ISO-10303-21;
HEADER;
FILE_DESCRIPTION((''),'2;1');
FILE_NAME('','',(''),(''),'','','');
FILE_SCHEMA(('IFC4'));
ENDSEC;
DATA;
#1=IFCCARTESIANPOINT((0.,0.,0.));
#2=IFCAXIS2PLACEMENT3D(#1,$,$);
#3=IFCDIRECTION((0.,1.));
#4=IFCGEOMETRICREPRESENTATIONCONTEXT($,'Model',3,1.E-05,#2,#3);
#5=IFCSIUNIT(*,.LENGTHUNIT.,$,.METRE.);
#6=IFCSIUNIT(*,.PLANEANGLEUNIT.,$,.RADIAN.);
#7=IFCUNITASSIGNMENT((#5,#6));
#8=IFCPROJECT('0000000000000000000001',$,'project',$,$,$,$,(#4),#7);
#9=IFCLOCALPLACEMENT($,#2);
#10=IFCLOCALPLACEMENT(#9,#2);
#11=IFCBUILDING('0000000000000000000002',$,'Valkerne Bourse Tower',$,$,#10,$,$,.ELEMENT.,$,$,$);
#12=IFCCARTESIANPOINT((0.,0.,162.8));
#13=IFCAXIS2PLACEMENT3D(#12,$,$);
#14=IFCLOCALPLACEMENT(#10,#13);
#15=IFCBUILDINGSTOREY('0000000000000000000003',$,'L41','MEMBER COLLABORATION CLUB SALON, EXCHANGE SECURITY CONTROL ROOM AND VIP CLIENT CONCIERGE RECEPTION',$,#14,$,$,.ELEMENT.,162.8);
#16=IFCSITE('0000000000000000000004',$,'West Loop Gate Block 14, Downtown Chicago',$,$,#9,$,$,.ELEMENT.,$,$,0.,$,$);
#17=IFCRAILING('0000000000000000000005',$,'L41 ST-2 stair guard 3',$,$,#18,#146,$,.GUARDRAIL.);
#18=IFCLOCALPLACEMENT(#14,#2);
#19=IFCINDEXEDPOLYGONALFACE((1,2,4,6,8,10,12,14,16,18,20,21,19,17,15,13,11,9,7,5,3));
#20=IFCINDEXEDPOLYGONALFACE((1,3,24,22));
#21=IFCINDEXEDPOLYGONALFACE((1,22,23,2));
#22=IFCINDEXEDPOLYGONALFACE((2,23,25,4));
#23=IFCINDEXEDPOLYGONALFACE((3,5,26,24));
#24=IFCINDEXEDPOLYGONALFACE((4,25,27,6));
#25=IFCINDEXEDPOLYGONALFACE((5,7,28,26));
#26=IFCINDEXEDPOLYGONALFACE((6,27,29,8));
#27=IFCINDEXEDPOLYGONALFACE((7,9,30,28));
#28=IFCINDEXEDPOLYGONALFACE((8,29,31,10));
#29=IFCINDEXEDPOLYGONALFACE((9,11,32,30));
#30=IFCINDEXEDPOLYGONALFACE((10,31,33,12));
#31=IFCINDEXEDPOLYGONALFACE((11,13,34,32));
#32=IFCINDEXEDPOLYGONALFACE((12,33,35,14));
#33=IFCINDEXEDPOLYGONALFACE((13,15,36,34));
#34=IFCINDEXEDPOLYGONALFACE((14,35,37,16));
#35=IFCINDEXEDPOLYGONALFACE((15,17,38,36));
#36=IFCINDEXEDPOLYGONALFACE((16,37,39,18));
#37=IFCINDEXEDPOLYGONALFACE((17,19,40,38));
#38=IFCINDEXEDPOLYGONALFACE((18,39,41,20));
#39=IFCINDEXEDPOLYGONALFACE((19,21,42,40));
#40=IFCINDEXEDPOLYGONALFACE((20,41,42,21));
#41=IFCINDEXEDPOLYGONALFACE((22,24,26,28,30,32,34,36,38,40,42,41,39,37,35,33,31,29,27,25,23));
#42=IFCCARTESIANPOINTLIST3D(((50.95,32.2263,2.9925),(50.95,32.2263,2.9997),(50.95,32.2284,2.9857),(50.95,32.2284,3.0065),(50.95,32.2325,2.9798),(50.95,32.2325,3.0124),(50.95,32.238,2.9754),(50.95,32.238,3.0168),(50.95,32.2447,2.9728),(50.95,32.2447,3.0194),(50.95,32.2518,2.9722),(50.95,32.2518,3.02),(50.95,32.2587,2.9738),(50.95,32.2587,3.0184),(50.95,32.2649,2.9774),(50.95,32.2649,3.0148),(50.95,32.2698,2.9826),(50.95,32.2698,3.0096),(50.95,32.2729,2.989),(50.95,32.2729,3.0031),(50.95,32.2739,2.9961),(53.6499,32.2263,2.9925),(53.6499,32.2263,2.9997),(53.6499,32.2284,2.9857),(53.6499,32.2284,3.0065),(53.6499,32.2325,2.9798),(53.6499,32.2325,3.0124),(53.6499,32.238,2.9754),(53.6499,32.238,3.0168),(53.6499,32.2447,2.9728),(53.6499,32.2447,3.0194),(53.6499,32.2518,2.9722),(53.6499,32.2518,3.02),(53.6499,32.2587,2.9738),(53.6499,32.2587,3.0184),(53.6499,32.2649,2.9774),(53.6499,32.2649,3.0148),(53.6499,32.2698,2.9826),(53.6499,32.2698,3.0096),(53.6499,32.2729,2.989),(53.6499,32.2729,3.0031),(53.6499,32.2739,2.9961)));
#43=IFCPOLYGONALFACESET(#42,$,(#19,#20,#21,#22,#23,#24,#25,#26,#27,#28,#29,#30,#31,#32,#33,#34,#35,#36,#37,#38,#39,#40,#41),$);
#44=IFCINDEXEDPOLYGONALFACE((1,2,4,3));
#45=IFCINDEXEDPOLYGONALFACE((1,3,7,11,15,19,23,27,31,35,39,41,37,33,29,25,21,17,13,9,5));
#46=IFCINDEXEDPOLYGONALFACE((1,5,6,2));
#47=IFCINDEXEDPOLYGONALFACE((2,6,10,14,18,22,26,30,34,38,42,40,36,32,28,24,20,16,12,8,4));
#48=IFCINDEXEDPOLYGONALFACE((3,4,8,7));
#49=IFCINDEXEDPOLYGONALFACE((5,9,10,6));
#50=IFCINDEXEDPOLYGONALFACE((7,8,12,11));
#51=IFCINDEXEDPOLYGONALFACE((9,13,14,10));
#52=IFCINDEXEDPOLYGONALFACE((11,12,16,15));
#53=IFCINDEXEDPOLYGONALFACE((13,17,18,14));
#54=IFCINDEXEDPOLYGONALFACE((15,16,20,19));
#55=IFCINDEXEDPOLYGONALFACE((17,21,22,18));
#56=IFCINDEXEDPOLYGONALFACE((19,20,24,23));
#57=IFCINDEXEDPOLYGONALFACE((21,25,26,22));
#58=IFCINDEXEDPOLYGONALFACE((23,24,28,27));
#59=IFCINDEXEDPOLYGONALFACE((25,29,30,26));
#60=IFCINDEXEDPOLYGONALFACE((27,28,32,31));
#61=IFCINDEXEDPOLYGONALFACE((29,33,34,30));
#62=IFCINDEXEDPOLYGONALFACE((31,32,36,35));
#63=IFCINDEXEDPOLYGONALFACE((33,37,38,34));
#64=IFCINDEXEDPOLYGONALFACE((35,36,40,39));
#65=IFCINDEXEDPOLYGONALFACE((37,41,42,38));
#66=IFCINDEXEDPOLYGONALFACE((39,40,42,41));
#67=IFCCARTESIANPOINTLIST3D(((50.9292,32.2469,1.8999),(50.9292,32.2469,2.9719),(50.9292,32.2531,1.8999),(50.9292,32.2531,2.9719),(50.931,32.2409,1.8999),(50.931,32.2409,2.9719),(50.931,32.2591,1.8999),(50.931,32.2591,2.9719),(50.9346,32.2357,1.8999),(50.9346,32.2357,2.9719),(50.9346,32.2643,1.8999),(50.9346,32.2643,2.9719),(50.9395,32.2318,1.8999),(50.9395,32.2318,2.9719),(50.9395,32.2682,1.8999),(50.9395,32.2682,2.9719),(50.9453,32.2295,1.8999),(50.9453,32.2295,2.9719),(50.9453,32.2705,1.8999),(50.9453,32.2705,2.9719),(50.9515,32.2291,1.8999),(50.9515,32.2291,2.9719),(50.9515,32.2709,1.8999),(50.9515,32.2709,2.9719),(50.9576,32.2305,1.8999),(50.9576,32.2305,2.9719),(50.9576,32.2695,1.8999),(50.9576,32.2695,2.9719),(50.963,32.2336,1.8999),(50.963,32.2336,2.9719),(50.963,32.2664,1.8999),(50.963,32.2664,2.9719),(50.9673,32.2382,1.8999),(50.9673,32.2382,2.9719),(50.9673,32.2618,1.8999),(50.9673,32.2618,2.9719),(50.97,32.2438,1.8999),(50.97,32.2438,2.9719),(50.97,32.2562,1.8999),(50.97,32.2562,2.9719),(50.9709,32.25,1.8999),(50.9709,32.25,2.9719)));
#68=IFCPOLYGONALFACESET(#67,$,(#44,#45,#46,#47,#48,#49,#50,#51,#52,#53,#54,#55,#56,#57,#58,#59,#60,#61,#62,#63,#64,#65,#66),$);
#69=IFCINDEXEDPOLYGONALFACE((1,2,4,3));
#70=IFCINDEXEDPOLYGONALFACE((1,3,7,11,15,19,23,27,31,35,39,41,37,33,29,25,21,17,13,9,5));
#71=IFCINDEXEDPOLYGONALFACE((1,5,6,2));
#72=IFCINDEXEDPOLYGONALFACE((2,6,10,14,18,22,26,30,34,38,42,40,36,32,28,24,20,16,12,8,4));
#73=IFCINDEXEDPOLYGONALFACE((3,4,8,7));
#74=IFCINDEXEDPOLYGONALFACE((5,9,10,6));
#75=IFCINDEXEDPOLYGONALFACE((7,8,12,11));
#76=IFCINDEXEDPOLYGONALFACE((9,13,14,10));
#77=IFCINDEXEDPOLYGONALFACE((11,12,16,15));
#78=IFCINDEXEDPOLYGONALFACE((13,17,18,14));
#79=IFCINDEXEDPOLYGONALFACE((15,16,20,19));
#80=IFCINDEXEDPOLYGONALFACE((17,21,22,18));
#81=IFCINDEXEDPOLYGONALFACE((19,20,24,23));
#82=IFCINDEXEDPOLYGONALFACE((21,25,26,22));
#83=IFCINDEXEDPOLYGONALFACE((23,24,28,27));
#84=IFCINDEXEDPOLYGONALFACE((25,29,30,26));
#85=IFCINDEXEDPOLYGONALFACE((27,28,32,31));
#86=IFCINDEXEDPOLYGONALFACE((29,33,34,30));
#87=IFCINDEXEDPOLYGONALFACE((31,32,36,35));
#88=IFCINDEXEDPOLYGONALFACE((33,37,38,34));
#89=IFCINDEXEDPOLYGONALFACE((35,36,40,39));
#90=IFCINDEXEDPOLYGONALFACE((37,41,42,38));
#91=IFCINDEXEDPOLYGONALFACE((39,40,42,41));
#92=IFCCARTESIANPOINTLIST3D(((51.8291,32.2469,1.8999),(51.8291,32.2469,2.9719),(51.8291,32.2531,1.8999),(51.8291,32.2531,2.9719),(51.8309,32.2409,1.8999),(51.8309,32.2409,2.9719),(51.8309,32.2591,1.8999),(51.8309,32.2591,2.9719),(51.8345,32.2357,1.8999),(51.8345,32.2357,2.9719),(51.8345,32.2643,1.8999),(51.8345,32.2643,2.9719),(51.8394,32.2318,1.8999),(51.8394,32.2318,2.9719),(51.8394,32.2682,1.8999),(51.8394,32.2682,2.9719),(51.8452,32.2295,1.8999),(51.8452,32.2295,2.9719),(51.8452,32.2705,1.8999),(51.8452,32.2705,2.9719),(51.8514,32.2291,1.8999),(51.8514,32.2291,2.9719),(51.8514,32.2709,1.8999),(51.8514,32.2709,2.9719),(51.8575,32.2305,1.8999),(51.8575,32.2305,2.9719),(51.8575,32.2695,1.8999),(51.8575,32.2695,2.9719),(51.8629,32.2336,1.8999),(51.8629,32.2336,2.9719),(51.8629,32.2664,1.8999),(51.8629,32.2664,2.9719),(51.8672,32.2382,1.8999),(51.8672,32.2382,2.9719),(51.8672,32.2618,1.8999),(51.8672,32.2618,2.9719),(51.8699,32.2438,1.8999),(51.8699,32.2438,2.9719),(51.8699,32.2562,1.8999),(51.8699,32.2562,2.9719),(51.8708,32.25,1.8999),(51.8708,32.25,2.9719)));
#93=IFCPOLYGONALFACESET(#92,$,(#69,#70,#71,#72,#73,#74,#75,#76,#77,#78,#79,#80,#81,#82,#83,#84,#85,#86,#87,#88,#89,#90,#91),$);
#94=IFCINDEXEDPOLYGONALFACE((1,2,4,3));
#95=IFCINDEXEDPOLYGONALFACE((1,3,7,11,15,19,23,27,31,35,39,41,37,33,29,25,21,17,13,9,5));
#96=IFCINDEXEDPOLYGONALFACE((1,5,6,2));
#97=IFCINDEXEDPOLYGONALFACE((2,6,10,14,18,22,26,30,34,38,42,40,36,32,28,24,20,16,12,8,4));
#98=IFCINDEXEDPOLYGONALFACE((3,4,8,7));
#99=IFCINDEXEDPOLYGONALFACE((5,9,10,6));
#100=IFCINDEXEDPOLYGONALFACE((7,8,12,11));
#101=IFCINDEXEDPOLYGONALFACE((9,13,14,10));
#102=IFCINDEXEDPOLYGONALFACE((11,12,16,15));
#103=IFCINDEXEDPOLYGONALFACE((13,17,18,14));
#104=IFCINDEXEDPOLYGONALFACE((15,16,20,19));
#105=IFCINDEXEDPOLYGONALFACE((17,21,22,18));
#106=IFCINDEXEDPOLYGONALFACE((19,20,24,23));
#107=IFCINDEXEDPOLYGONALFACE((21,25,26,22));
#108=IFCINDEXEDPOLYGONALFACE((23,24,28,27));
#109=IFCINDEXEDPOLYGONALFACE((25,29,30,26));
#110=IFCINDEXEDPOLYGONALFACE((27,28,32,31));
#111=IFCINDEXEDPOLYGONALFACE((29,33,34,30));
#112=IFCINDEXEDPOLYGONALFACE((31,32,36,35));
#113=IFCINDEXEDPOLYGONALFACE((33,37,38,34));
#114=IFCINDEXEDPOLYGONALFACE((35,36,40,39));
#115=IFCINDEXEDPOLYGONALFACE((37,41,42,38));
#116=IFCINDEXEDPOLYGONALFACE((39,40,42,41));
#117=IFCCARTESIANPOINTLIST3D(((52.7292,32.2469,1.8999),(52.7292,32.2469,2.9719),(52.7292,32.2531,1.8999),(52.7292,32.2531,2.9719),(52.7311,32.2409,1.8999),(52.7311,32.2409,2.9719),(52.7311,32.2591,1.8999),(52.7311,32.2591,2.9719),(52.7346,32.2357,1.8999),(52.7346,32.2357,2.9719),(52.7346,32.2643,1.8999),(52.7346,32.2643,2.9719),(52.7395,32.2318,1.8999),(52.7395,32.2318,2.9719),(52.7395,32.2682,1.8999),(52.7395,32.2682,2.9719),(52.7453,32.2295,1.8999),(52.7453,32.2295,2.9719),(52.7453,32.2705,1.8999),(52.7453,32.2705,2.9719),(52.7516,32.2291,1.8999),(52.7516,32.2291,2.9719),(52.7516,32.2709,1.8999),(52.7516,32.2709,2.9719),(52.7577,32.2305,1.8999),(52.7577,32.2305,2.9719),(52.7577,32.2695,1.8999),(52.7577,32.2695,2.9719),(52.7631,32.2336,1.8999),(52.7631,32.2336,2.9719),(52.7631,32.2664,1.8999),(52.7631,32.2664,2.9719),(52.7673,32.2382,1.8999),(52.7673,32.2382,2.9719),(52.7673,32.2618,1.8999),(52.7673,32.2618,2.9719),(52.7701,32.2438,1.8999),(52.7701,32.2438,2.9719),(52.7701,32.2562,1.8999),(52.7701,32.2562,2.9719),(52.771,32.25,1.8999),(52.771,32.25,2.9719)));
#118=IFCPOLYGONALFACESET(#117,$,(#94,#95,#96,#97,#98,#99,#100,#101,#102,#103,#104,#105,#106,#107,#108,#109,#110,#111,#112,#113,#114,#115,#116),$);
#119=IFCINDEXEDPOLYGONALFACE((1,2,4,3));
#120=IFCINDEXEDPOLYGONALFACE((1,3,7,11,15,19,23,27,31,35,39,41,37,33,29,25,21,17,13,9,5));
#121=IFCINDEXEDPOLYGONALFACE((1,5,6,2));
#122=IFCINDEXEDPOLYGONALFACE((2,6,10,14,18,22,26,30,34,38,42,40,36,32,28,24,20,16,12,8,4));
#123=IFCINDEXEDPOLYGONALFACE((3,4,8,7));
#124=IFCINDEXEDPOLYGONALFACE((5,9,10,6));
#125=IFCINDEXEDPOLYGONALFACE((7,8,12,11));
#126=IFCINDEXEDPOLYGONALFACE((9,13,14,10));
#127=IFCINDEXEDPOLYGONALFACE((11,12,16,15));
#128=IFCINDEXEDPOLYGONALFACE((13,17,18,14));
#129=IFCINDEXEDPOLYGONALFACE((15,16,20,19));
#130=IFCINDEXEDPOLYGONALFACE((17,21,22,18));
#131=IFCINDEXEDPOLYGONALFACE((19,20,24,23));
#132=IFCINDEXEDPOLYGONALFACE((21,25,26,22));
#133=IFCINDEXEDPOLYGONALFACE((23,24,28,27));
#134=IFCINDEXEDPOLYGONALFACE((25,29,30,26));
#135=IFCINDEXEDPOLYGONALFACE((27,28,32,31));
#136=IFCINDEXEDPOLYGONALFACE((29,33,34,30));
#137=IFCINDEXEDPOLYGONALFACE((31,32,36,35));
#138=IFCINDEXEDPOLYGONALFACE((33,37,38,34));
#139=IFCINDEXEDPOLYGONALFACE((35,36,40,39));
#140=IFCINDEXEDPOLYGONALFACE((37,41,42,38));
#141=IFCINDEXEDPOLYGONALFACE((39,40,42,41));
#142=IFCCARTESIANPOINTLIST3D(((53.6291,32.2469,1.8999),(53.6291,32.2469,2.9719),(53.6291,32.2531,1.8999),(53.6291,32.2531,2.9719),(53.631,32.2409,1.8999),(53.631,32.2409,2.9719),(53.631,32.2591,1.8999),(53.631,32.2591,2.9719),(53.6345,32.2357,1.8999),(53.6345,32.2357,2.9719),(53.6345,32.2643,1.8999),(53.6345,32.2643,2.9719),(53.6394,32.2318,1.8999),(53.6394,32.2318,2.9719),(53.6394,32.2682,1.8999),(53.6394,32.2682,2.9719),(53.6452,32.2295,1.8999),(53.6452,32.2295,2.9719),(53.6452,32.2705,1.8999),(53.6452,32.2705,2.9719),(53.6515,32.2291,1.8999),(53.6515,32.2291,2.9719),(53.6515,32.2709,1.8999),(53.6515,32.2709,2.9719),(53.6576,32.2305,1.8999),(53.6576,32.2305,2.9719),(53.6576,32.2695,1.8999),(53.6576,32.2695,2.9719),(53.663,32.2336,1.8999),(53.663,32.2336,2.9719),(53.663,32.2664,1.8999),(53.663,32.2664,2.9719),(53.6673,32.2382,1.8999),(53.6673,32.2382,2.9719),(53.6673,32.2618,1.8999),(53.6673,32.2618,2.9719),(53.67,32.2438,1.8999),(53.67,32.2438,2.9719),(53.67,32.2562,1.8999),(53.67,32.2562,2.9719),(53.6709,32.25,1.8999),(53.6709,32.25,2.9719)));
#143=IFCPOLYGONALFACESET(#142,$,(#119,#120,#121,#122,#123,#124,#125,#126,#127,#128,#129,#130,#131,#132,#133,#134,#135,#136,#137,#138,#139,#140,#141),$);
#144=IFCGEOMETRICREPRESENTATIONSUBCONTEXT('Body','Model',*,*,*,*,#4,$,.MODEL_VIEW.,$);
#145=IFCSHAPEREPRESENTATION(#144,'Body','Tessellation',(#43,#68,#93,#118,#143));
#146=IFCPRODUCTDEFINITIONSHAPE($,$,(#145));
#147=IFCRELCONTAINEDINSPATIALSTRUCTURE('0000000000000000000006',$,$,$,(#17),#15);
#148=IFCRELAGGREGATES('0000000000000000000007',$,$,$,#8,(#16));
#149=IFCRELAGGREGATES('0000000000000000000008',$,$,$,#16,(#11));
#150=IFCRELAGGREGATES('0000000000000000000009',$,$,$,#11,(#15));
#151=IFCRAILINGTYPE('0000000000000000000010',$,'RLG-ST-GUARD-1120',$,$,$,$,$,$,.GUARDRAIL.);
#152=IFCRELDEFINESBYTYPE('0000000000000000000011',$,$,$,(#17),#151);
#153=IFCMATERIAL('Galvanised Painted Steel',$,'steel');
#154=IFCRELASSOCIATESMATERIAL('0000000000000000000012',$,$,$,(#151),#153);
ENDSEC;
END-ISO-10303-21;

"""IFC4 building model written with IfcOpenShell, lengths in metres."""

from ifc_helpers import new_model, si_unit, direction, frame, origin, origin_2d, place, context, subcontext, project, spatial, circle, extrude, material, type_object, element, save


model = new_model("IFC4")

# Units and contexts
model_context = context("Model", 3, precision=1e-05, world=origin(), true_north=direction((0.0, 1.0)))
body_context = subcontext(model_context, "Body", "Model", "MODEL_VIEW")
ifc_project = project(units=[si_unit("LENGTHUNIT", "METRE"), si_unit("PLANEANGLEUNIT", "RADIAN")], contexts=[model_context])

# Site, building, storey
site_placement = place(None, origin())
site = spatial("IfcSite", under=ifc_project, at=site_placement, Name="West Loop Gate Block 14, Downtown Chicago", CompositionType="ELEMENT", RefElevation=0.0)
building_placement = place(site_placement, origin())
building = spatial("IfcBuilding", under=site, at=building_placement, Name="Valkerne Bourse Tower", CompositionType="ELEMENT")
storey_placement = place(building_placement, frame((0.0, 0.0, 162.8)))
storey = spatial("IfcBuildingStorey", under=building, at=storey_placement, Name="L41", Description="MEMBER COLLABORATION CLUB SALON, EXCHANGE SECURITY CONTROL ROOM AND VIP CLIENT CONCIERGE RECEPTION", CompositionType="ELEMENT", Elevation=162.8)

# Shared definitions
ifc_material_1 = material(Name="Galvanised Painted Steel", Category="steel")

# Railing
railing_type_1 = type_object("IfcRailingType", Name="RLG-ST-GUARD-1120", PredefinedType="GUARDRAIL", material=ifc_material_1)
railing_1_placement = place(storey_placement, frame((50.95, 32.25, 1.8999)))
element("IfcRailing", 1, at=railing_1_placement, inside=storey, type_object=railing_type_1, Name="L41 ST-2 stair guard 3", PredefinedType="GUARDRAIL", context=body_context, shape_type="SweptSolid", body=[
    extrude(circle(Radius=0.0239, at=origin_2d()), frame((0.0, 0.0, 1.0962), z_axis=(1.0, 0.0, 0.0), x_axis=(0.0, 1.0, 0.0)), (0.0, 0.0, 1.0), 2.7),
    extrude(circle(Radius=0.021, at=origin_2d()), origin(), (0.0, 0.0, 1.0), 1.072),
    extrude(circle(Radius=0.021, at=origin_2d()), frame((0.8999, 0.0, 0.0)), (0.0, 0.0, 1.0), 1.072),
    extrude(circle(Radius=0.021, at=origin_2d()), frame((1.8, 0.0, 0.0)), (0.0, 0.0, 1.0), 1.072),
    extrude(circle(Radius=0.021, at=origin_2d()), frame((2.7, 0.0, 0.0)), (0.0, 0.0, 1.0), 1.072),
])

save(model, "model.ifc")
